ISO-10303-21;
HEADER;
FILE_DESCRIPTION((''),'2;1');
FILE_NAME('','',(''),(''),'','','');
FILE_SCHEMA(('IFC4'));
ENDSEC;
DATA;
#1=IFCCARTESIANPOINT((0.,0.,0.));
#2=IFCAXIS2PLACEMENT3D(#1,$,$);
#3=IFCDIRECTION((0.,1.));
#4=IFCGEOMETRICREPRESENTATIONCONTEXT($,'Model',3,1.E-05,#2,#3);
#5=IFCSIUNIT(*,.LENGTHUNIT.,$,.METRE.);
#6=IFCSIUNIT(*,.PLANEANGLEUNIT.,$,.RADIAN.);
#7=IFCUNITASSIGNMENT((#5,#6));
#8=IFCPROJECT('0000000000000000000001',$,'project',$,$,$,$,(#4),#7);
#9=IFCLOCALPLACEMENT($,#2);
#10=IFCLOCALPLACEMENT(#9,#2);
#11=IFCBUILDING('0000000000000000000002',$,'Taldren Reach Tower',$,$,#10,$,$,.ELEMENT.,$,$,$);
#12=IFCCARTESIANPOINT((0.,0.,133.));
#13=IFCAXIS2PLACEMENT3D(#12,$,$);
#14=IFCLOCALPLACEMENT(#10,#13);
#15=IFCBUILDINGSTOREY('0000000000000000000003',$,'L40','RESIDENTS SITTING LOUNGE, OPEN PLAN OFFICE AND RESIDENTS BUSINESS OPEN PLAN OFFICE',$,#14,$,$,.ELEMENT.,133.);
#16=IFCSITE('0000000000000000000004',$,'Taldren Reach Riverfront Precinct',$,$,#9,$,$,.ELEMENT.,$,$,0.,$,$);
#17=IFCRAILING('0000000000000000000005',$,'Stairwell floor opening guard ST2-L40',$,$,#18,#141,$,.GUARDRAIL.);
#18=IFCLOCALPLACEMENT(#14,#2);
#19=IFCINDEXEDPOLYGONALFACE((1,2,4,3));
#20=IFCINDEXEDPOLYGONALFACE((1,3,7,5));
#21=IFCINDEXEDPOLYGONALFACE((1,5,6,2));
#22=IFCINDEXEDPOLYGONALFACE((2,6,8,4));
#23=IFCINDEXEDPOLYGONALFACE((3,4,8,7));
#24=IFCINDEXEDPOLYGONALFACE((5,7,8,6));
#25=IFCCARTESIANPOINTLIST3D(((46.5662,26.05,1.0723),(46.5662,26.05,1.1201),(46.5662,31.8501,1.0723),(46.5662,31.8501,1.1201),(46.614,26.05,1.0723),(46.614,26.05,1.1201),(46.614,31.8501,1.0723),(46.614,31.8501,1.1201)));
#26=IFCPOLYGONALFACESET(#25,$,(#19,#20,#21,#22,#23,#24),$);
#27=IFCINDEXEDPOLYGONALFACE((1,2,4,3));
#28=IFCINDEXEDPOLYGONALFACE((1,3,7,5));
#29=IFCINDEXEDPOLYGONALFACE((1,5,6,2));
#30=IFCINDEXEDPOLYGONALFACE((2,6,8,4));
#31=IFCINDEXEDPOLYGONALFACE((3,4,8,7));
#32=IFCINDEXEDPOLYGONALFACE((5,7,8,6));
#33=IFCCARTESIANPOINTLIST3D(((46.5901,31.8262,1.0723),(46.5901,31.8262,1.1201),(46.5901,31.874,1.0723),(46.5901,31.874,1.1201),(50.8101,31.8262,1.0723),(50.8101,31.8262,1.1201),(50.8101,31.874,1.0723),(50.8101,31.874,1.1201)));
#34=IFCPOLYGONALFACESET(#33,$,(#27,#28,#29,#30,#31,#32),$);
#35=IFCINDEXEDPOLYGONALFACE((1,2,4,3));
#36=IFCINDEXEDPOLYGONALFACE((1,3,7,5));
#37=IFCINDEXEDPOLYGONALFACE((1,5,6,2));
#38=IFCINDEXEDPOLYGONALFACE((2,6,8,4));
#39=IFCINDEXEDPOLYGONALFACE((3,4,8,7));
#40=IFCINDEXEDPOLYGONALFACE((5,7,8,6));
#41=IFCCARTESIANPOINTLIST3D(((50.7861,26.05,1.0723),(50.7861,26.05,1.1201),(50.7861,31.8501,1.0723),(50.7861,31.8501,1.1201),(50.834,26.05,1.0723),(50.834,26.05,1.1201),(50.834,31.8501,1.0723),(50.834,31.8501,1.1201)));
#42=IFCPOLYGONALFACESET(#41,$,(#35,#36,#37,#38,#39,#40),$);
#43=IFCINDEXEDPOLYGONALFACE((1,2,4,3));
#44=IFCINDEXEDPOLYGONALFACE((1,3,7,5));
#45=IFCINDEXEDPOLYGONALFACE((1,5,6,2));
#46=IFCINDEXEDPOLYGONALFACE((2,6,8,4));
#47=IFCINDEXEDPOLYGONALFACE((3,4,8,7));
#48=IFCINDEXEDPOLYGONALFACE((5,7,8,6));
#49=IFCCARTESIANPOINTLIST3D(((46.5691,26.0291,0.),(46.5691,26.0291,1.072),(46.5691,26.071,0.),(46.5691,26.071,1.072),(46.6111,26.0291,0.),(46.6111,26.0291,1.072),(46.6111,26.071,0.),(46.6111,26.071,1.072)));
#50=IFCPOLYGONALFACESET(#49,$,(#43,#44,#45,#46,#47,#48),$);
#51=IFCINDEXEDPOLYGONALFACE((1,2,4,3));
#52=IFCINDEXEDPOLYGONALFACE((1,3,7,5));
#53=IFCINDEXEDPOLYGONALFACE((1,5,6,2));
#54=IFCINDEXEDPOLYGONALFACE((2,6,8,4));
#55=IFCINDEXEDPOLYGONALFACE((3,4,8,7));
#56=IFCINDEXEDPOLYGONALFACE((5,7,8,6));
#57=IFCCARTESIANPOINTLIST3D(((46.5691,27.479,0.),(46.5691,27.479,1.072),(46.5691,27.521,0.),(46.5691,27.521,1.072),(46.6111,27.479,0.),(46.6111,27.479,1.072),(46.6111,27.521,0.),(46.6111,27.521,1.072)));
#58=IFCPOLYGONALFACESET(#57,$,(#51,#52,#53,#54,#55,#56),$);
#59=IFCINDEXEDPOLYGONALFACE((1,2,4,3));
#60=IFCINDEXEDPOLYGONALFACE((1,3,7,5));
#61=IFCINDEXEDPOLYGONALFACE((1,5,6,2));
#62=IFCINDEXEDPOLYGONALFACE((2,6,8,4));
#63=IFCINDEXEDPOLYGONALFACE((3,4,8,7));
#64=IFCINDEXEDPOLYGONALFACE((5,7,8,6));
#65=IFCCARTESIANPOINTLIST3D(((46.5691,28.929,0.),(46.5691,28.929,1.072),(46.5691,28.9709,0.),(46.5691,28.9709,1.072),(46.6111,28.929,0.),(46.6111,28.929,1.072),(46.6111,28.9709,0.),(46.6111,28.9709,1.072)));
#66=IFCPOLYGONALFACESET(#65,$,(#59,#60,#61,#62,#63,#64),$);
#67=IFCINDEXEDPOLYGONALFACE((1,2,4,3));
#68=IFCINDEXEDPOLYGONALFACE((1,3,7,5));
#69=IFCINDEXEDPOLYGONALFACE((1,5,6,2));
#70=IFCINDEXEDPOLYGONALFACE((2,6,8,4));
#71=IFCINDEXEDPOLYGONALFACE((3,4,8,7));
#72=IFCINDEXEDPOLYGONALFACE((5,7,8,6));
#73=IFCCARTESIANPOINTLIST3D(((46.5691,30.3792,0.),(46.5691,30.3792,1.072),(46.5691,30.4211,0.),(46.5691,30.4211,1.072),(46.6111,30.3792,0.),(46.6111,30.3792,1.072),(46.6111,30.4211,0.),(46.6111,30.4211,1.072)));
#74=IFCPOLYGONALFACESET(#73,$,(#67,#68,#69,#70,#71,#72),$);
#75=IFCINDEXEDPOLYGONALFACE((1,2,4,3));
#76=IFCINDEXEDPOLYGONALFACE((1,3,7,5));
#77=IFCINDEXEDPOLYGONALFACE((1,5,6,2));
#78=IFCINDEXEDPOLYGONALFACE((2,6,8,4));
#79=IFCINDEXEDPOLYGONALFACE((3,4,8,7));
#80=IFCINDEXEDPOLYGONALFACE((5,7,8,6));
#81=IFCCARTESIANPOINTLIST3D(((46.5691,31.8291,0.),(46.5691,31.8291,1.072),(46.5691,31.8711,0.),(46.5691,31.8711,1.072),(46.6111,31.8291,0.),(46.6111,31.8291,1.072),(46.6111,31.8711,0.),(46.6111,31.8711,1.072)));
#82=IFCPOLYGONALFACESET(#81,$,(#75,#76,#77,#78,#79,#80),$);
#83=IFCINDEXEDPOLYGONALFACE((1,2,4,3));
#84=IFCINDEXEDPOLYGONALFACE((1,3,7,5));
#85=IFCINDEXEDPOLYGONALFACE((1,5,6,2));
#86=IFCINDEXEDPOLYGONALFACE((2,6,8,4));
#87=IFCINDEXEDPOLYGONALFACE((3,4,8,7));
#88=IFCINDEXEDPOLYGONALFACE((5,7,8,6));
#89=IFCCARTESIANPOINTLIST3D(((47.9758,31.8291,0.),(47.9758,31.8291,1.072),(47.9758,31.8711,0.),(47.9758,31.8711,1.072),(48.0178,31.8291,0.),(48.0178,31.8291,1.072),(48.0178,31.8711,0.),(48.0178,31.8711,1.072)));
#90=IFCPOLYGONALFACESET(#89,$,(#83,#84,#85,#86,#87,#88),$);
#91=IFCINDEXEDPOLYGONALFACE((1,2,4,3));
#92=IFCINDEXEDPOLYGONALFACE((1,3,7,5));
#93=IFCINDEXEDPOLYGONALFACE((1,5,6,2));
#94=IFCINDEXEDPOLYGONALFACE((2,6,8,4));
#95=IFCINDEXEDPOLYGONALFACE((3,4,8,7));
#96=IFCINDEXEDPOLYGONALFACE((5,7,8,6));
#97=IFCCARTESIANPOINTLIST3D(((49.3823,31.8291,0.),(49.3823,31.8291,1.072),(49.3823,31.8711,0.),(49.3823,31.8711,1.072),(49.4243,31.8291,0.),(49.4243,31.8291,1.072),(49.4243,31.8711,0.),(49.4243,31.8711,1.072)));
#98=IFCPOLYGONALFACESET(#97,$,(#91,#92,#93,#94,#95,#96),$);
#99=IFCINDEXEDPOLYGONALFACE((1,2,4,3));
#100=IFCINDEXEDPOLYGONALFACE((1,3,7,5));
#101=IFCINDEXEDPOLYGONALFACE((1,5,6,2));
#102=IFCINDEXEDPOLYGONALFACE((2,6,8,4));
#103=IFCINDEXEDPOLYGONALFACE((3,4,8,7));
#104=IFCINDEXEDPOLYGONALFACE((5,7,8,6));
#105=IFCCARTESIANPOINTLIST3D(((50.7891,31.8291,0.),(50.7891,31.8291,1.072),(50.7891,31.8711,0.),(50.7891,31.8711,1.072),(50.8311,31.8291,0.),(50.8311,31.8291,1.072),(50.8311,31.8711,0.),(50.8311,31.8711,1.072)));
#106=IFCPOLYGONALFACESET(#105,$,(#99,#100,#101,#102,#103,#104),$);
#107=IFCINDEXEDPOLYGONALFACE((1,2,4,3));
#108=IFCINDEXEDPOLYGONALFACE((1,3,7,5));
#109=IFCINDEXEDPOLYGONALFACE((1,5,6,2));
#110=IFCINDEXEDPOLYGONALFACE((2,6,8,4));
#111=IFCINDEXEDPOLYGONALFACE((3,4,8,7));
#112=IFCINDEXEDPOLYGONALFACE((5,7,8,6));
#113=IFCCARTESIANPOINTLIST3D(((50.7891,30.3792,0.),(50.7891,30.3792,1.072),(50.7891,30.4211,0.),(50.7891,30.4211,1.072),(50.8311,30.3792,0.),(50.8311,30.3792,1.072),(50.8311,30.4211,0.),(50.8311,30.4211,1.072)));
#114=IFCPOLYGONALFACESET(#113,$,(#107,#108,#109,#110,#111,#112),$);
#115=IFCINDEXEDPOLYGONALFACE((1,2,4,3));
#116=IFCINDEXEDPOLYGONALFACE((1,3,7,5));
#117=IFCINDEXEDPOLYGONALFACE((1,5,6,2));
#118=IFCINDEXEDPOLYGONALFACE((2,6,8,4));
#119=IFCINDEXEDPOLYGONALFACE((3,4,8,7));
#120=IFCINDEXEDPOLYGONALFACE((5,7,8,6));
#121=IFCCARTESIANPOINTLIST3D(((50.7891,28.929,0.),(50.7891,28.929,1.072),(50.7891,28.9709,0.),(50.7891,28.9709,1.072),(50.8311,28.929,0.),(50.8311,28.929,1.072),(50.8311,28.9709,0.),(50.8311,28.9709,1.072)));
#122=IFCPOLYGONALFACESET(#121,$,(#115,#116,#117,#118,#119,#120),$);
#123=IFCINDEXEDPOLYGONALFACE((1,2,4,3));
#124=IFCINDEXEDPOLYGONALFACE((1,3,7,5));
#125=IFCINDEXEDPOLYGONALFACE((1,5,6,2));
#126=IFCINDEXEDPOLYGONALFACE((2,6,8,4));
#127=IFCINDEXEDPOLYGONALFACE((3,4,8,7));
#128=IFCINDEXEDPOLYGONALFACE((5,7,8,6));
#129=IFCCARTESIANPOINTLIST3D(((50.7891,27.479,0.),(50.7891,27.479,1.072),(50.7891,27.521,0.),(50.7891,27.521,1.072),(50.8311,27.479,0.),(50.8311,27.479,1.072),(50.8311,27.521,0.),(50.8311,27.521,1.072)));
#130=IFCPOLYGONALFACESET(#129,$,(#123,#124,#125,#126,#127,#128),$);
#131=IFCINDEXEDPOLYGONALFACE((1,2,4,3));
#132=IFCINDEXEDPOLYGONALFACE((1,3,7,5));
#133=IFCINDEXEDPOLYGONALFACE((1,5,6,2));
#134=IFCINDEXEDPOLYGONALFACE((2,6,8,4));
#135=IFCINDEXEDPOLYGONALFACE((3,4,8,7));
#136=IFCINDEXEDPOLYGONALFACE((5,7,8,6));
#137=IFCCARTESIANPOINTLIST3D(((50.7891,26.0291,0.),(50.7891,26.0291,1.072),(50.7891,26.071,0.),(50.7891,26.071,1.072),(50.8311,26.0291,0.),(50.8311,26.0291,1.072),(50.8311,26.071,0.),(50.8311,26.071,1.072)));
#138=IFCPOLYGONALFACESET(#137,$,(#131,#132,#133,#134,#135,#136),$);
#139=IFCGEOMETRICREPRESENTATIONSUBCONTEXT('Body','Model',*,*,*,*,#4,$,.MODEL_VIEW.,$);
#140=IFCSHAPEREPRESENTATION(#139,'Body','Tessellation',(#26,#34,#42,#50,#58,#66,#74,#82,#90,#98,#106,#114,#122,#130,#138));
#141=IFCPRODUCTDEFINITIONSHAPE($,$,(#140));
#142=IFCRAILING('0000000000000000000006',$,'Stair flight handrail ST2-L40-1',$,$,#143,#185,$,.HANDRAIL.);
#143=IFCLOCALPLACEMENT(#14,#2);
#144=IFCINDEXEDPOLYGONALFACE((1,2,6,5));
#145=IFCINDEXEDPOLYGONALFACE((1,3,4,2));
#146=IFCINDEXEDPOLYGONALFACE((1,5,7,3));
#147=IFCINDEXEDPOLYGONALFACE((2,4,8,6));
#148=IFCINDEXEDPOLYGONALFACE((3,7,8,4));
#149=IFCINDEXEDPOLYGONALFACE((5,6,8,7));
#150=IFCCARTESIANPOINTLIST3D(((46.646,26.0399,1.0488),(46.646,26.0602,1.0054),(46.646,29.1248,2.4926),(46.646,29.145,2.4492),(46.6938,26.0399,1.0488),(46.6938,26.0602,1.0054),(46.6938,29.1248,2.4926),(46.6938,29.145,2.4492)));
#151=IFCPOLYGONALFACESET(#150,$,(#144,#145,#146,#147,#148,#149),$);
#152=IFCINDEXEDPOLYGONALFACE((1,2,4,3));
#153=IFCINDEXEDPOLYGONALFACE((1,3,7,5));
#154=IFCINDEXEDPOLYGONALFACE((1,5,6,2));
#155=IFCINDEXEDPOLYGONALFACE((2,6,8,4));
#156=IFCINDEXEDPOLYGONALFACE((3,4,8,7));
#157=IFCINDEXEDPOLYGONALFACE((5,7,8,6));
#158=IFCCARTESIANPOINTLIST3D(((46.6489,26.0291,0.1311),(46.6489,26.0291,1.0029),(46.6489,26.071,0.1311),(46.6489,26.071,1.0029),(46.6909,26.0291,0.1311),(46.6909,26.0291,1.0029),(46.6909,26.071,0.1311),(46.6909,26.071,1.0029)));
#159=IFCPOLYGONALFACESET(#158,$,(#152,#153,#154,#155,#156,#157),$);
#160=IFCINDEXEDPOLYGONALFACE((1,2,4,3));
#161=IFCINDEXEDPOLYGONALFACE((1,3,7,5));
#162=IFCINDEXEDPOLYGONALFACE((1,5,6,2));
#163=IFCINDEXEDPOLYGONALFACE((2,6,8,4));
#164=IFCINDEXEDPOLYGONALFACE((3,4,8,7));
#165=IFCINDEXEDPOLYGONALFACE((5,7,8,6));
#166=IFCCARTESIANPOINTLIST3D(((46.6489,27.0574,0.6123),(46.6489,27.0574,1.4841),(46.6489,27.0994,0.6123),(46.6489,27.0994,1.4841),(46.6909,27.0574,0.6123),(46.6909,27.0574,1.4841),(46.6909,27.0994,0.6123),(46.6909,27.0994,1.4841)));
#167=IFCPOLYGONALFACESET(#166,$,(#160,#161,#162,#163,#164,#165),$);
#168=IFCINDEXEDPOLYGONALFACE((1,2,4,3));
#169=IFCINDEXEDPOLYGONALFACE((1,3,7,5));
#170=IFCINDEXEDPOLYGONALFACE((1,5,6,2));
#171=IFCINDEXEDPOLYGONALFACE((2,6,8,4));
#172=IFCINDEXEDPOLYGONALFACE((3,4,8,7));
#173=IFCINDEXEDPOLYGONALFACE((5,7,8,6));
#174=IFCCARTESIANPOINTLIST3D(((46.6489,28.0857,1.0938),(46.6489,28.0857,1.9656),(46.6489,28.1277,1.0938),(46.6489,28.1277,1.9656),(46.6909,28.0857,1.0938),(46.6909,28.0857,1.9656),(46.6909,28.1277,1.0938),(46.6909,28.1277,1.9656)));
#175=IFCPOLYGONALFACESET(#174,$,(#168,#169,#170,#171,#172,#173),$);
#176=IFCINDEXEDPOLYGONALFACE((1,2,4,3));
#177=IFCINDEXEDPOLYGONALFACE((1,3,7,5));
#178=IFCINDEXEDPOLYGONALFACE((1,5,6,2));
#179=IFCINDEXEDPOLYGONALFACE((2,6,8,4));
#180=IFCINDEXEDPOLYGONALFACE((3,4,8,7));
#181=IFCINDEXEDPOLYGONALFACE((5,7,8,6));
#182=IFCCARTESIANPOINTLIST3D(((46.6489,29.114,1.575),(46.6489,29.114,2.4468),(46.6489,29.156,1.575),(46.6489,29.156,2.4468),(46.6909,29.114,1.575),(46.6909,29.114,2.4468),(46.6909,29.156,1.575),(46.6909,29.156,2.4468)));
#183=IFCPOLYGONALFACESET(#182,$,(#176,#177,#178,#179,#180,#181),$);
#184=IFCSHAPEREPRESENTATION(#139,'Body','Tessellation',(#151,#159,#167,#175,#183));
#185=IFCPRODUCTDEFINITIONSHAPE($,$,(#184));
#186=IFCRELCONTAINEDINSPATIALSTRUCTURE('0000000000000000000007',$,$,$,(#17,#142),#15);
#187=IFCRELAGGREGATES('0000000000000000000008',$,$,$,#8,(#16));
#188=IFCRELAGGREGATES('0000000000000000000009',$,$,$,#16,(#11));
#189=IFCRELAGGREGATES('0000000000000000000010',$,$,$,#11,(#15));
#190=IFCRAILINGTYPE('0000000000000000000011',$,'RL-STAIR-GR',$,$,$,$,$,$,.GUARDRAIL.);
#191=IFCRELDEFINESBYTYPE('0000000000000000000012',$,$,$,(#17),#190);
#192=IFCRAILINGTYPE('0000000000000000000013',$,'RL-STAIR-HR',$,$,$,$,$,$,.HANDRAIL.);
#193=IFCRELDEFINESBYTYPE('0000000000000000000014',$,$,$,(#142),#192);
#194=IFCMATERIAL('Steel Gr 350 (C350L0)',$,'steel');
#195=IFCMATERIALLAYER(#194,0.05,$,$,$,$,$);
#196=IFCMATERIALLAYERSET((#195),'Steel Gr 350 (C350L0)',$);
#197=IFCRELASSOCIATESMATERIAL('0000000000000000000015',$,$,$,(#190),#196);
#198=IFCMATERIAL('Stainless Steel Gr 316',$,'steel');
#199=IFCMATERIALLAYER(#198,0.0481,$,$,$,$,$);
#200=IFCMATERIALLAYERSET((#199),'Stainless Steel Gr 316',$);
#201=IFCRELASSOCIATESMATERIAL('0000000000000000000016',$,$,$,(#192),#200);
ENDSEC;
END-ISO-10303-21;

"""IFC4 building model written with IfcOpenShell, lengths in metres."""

from ifc_helpers import new_model, si_unit, direction, frame, origin, origin_2d, place, context, subcontext, project, spatial, rectangle, extrude, material, layer, layer_set, type_object, element, save


model = new_model("IFC4")

# Units and contexts
model_context = context("Model", 3, precision=1e-05, world=origin(), true_north=direction((0.0, 1.0)))
body_context = subcontext(model_context, "Body", "Model", "MODEL_VIEW")
ifc_project = project(units=[si_unit("LENGTHUNIT", "METRE"), si_unit("PLANEANGLEUNIT", "RADIAN")], contexts=[model_context])

# Site, building, storey
site_placement = place(None, origin())
site = spatial("IfcSite", under=ifc_project, at=site_placement, Name="Taldren Reach Riverfront Precinct", CompositionType="ELEMENT", RefElevation=0.0)
building_placement = place(site_placement, origin())
building = spatial("IfcBuilding", under=site, at=building_placement, Name="Taldren Reach Tower", CompositionType="ELEMENT")
storey_placement = place(building_placement, frame((0.0, 0.0, 133.0)))
storey = spatial("IfcBuildingStorey", under=building, at=storey_placement, Name="L40", Description="RESIDENTS SITTING LOUNGE, OPEN PLAN OFFICE AND RESIDENTS BUSINESS OPEN PLAN OFFICE", CompositionType="ELEMENT", Elevation=133.0)

# Shared definitions
ifc_material_1 = material(Name="Steel Gr 350 (C350L0)", Category="steel")

# Railings
ifc_layer_1 = layer(ifc_material_1, 0.05)
ifc_layer_set_1 = layer_set([ifc_layer_1], Name="Steel Gr 350 (C350L0)")
railing_type_1 = type_object("IfcRailingType", Name="RL-STAIR-GR", PredefinedType="GUARDRAIL", material=ifc_layer_set_1)
railing_1_placement = place(storey_placement, frame((46.5901, 26.05, 0.0)))
element("IfcRailing", 1, at=railing_1_placement, inside=storey, type_object=railing_type_1, Name="Stairwell floor opening guard ST2-L40", PredefinedType="GUARDRAIL", context=body_context, shape_type="SweptSolid", body=[
    extrude(rectangle(XDim=0.0479, YDim=0.0479, at=origin_2d()), frame((0.0, 0.0, 1.0962), z_axis=(0.0, 1.0, 0.0), x_axis=(-1.0, 0.0, 0.0)), (0.0, 0.0, 1.0), 5.8),
    extrude(rectangle(XDim=0.0479, YDim=0.0479, at=origin_2d()), frame((0.0, 5.8, 1.0962), z_axis=(1.0, 0.0, 0.0), x_axis=(0.0, 1.0, 0.0)), (0.0, 0.0, 1.0), 4.22),
    extrude(rectangle(XDim=0.0479, YDim=0.0479, at=origin_2d()), frame((4.22, 5.8, 1.0962), z_axis=(0.0, -1.0, 0.0), x_axis=(1.0, 0.0, 0.0)), (0.0, 0.0, 1.0), 5.8),
    extrude(rectangle(XDim=0.042, YDim=0.042, at=origin_2d()), origin(), (0.0, 0.0, 1.0), 1.072),
    extrude(rectangle(XDim=0.042, YDim=0.042, at=origin_2d()), frame((0.0, 1.45, 0.0)), (0.0, 0.0, 1.0), 1.072),
    extrude(rectangle(XDim=0.042, YDim=0.042, at=origin_2d()), frame((0.0, 2.8999, 0.0)), (0.0, 0.0, 1.0), 1.072),
    extrude(rectangle(XDim=0.042, YDim=0.042, at=origin_2d()), frame((0.0, 4.3501, 0.0)), (0.0, 0.0, 1.0), 1.072),
    extrude(rectangle(XDim=0.042, YDim=0.042, at=origin_2d()), frame((0.0, 5.8, 0.0)), (0.0, 0.0, 1.0), 1.072),
    extrude(rectangle(XDim=0.042, YDim=0.042, at=origin_2d()), frame((1.4067, 5.8, 0.0)), (0.0, 0.0, 1.0), 1.072),
    extrude(rectangle(XDim=0.042, YDim=0.042, at=origin_2d()), frame((2.8132, 5.8, 0.0)), (0.0, 0.0, 1.0), 1.072),
    extrude(rectangle(XDim=0.042, YDim=0.042, at=origin_2d()), frame((4.22, 5.8, 0.0)), (0.0, 0.0, 1.0), 1.072),
    extrude(rectangle(XDim=0.042, YDim=0.042, at=origin_2d()), frame((4.22, 4.3501, 0.0)), (0.0, 0.0, 1.0), 1.072),
    extrude(rectangle(XDim=0.042, YDim=0.042, at=origin_2d()), frame((4.22, 2.8999, 0.0)), (0.0, 0.0, 1.0), 1.072),
    extrude(rectangle(XDim=0.042, YDim=0.042, at=origin_2d()), frame((4.22, 1.45, 0.0)), (0.0, 0.0, 1.0), 1.072),
    extrude(rectangle(XDim=0.042, YDim=0.042, at=origin_2d()), frame((4.22, 0.0, 0.0)), (0.0, 0.0, 1.0), 1.072),
])
ifc_material_2 = material(Name="Stainless Steel Gr 316", Category="steel")
ifc_layer_2 = layer(ifc_material_2, 0.0481)
ifc_layer_set_2 = layer_set([ifc_layer_2], Name="Stainless Steel Gr 316")
railing_type_2 = type_object("IfcRailingType", Name="RL-STAIR-HR", PredefinedType="HANDRAIL", material=ifc_layer_set_2)
railing_2_placement = place(storey_placement, frame((46.6699, 26.05, 0.1311)))
element("IfcRailing", 2, at=railing_2_placement, inside=storey, type_object=railing_type_2, Name="Stair flight handrail ST2-L40-1", PredefinedType="HANDRAIL", context=body_context, shape_type="SweptSolid", body=[
    extrude(rectangle(XDim=0.0479, YDim=0.0479, at=origin_2d()), frame((0.0, 0.0, 0.896), z_axis=(0.0, 0.90571, 0.423898), x_axis=(-1.0, 0.0, 0.0)), (0.0, 0.0, 1.0), 3.406),
    extrude(rectangle(XDim=0.042, YDim=0.042, at=origin_2d()), origin(), (0.0, 0.0, 1.0), 0.8718),
    extrude(rectangle(XDim=0.042, YDim=0.042, at=origin_2d()), frame((0.0, 1.0283, 0.4812)), (0.0, 0.0, 1.0), 0.8718),
    extrude(rectangle(XDim=0.042, YDim=0.042, at=origin_2d()), frame((0.0, 2.0566, 0.9626)), (0.0, 0.0, 1.0), 0.8718),
    extrude(rectangle(XDim=0.042, YDim=0.042, at=origin_2d()), frame((0.0, 3.085, 1.4438)), (0.0, 0.0, 1.0), 0.8718),
])

save(model, "model.ifc")
